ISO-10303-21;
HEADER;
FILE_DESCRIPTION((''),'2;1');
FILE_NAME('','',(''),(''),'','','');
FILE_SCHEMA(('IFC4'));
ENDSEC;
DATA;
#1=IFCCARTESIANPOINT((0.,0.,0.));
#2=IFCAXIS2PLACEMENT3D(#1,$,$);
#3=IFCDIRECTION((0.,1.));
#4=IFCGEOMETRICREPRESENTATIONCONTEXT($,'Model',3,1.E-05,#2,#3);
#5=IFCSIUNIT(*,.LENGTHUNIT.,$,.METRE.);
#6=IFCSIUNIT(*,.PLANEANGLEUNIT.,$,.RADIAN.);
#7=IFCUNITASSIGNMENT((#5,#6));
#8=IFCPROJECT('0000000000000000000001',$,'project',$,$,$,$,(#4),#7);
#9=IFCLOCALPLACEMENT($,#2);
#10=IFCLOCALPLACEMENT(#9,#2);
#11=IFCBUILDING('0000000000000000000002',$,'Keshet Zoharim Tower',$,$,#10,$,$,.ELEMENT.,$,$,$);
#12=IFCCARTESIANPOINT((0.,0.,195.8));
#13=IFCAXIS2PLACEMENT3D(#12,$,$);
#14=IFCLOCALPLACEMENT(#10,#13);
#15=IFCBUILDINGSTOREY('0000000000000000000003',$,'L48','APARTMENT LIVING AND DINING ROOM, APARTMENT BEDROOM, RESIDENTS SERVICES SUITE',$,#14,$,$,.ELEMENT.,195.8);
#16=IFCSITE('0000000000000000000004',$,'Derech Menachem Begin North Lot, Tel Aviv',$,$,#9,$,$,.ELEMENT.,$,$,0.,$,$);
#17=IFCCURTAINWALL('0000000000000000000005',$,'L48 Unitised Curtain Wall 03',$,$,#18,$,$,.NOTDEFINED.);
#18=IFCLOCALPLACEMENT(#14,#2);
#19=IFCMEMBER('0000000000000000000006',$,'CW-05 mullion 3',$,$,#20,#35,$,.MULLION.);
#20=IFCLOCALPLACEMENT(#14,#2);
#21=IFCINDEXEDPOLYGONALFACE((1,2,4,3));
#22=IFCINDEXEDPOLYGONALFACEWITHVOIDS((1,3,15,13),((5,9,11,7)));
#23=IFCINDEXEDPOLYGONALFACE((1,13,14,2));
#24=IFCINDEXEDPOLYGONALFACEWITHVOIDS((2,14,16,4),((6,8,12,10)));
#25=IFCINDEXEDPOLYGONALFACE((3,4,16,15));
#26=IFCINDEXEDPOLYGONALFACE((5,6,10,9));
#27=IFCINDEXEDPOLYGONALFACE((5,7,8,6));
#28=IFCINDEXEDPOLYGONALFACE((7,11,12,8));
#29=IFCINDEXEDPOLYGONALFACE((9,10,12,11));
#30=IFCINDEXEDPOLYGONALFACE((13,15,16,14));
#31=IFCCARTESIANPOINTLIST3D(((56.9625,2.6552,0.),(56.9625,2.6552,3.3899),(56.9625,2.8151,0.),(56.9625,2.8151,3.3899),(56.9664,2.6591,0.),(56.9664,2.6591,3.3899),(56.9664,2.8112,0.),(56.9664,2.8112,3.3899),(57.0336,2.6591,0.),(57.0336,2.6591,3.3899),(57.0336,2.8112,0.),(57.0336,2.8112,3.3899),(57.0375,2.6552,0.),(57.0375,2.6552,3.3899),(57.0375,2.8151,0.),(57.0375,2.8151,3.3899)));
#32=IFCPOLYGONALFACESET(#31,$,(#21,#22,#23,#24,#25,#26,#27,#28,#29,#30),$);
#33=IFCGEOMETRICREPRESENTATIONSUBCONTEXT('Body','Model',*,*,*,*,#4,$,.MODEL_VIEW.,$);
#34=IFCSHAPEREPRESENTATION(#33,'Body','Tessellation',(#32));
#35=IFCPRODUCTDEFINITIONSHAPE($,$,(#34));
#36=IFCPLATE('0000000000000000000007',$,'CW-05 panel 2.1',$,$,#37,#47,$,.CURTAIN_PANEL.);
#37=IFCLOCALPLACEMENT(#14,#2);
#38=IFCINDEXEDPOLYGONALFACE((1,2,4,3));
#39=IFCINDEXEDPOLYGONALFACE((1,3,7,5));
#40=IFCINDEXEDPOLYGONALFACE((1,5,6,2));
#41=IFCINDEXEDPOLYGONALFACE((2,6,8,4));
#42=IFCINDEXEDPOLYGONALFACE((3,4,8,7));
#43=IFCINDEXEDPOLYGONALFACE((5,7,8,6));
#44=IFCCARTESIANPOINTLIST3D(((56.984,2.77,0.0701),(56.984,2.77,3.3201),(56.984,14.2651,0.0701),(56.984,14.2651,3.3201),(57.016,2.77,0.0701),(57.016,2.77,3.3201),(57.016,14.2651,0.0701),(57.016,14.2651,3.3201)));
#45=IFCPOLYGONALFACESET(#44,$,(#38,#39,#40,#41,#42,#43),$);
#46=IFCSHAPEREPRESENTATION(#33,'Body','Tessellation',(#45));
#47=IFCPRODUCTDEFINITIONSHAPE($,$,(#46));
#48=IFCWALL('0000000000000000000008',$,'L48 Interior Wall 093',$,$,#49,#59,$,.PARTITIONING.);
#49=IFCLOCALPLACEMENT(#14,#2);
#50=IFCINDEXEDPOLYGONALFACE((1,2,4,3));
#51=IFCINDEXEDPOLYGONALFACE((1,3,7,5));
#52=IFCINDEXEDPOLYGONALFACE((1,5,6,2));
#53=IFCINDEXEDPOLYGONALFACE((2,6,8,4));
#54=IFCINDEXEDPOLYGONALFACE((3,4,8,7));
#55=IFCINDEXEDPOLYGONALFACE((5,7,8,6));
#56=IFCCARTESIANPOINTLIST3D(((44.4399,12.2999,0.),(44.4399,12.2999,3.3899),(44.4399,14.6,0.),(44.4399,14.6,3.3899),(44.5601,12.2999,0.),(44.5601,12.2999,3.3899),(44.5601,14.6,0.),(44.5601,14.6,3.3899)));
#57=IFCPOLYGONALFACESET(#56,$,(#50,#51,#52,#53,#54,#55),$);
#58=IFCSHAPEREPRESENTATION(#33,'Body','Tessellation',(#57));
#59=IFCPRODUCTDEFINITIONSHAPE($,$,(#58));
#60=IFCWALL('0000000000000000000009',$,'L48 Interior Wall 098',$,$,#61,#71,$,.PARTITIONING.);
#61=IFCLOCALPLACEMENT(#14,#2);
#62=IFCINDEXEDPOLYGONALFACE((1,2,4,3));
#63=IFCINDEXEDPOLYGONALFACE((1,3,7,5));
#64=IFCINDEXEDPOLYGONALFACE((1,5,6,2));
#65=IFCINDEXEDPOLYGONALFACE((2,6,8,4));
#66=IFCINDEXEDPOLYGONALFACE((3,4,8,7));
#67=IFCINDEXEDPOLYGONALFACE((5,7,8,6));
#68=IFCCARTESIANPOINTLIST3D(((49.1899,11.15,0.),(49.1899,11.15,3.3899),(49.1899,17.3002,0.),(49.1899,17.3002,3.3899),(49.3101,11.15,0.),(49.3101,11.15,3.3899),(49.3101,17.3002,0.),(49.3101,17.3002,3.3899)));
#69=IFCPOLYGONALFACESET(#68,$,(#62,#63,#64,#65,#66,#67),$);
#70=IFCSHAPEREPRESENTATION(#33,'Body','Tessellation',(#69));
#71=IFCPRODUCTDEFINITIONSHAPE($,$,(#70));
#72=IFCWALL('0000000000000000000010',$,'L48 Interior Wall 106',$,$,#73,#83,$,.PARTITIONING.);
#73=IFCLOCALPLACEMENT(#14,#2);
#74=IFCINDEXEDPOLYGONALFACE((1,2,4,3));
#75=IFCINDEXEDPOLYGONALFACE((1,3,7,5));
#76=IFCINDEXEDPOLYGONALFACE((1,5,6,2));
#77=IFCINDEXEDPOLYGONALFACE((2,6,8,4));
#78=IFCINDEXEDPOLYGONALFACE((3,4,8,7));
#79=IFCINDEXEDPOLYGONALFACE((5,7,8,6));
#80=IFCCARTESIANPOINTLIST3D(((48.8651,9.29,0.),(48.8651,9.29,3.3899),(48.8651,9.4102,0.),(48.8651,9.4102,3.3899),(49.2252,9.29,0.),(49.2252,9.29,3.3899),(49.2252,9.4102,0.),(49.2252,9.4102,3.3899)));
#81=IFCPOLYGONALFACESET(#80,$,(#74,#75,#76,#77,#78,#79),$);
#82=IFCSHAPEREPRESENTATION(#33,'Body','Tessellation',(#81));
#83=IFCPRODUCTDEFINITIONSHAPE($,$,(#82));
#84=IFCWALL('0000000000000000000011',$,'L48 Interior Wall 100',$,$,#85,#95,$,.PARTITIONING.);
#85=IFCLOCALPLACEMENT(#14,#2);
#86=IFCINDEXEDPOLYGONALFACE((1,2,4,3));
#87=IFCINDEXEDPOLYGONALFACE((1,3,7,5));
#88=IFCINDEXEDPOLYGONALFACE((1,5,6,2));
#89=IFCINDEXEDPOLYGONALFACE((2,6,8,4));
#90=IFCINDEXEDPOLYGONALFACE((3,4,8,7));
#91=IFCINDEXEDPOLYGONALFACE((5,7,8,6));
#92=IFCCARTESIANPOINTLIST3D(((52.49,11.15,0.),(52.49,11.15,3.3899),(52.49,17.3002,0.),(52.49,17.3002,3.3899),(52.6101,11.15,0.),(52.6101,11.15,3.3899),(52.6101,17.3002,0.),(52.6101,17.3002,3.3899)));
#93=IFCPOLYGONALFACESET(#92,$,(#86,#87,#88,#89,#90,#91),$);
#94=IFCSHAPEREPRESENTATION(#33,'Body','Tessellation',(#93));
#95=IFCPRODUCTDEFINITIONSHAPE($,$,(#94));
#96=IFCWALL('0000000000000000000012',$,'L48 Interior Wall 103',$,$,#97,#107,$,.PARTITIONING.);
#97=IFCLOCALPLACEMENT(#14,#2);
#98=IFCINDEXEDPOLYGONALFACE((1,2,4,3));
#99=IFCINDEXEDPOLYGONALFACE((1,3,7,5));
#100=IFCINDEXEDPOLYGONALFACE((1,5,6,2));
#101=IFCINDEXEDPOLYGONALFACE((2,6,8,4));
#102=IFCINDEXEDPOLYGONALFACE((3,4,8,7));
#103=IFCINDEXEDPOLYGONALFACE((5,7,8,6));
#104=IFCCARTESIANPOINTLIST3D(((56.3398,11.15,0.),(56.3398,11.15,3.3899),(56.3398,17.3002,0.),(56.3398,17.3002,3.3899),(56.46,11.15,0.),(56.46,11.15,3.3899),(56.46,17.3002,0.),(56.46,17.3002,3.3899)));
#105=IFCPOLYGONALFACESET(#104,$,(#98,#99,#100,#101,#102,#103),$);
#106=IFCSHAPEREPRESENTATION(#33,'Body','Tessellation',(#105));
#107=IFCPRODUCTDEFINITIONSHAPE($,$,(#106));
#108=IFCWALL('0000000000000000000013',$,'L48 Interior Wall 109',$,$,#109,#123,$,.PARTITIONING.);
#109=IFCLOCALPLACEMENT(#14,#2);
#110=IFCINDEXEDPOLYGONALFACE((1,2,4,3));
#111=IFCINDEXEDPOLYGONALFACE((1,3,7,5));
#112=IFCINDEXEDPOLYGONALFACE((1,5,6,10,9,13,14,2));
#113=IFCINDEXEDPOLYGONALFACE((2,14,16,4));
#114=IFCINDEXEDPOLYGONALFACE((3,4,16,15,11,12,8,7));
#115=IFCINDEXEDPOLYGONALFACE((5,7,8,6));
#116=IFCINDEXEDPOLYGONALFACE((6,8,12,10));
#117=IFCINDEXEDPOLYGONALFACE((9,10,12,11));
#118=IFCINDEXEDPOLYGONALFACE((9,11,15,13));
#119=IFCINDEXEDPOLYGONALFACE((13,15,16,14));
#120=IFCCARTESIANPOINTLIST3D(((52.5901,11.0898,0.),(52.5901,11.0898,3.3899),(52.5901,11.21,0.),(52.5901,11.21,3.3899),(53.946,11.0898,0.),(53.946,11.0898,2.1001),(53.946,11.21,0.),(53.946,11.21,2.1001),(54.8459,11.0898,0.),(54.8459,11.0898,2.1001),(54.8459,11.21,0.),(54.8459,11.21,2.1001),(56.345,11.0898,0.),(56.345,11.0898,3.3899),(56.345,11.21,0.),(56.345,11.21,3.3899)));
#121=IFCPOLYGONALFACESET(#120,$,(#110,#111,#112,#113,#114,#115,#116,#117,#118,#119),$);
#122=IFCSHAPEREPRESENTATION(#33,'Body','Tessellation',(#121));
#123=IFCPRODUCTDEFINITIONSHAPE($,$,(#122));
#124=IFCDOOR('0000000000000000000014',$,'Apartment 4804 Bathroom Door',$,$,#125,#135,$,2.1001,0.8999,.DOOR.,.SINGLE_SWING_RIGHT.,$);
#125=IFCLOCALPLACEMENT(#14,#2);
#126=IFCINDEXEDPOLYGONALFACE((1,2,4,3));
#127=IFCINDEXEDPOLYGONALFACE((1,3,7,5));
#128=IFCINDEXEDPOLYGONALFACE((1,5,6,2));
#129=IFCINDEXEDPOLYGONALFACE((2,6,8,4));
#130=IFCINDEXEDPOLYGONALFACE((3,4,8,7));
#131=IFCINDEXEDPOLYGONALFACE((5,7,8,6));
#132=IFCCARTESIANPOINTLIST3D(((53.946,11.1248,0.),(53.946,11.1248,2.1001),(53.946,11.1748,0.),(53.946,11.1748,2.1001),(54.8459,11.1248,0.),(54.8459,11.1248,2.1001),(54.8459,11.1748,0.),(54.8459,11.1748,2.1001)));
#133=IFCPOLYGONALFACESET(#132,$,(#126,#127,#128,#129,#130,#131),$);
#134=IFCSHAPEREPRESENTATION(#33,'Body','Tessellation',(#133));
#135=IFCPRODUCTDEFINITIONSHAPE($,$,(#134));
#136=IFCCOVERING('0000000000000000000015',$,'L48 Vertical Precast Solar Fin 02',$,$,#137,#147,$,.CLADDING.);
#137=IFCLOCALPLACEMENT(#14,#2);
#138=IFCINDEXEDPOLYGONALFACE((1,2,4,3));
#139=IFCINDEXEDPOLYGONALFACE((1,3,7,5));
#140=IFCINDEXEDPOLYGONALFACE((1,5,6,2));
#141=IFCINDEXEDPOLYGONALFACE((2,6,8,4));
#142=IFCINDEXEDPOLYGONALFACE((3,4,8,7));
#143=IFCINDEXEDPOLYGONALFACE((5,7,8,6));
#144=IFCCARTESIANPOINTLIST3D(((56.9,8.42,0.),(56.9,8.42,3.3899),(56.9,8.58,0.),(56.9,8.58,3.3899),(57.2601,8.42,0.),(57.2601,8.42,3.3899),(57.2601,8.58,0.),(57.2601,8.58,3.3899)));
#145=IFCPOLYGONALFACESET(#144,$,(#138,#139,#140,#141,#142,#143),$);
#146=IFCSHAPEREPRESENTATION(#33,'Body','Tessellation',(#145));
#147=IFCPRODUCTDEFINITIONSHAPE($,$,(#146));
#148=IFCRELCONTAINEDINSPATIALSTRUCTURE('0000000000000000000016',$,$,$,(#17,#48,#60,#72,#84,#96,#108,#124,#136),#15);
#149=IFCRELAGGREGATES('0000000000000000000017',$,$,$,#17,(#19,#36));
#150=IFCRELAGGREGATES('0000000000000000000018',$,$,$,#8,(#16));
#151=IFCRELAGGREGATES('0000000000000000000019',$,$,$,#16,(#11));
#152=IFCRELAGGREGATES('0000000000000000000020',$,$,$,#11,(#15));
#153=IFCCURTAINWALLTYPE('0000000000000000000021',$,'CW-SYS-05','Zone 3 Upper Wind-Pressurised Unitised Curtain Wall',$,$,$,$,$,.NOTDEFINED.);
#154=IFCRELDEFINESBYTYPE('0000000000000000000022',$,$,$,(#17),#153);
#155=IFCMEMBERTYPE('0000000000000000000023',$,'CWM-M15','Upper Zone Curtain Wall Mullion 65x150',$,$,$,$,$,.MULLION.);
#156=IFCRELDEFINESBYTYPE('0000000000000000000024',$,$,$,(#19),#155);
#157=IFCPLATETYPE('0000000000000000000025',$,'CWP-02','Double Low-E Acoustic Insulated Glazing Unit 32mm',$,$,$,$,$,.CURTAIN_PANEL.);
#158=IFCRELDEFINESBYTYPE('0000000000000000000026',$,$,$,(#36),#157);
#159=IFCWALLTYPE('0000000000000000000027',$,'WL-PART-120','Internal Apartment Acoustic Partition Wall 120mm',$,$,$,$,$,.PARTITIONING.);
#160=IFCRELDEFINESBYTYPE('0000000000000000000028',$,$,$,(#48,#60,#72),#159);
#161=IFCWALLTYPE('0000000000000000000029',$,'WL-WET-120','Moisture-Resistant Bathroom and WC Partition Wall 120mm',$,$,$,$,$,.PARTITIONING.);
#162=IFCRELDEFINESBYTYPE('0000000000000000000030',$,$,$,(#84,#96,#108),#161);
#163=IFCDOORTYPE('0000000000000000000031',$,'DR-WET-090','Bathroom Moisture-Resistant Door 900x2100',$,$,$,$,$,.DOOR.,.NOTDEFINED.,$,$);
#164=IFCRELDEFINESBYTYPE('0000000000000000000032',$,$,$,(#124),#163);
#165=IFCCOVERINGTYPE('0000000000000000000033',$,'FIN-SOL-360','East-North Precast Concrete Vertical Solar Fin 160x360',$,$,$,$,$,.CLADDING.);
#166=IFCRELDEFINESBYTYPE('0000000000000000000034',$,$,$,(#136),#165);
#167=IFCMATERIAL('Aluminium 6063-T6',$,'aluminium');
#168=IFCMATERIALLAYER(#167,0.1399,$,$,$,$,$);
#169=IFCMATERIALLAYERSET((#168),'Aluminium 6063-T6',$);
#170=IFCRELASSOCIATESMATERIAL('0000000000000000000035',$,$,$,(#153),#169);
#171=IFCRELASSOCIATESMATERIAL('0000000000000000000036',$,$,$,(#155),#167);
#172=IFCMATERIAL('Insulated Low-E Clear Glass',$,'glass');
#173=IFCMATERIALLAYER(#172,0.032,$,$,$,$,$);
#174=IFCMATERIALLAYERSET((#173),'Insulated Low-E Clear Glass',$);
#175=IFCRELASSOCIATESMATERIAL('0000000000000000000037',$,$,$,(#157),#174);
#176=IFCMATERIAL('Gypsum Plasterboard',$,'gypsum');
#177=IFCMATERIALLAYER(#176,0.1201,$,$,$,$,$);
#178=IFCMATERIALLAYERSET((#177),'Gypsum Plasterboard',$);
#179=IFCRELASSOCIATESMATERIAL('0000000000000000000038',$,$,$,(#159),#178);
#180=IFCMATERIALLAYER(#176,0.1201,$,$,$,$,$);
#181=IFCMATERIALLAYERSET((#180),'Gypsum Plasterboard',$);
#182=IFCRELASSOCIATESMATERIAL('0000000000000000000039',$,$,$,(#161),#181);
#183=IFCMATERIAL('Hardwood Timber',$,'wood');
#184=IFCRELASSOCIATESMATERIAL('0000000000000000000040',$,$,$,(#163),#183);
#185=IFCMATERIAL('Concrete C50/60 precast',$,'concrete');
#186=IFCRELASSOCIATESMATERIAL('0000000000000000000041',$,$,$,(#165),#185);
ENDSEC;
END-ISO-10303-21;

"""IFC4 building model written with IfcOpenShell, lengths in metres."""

from ifc_helpers import new_model, si_unit, direction, frame, frame_2d, origin, origin_2d, place, context, subcontext, project, spatial, rectangle, hollow_rectangle, extrude, material, layer, layer_set, material_profile, profile_set, type_object, element, fill, aggregate, save


model = new_model("IFC4")

# Units and contexts
model_context = context("Model", 3, precision=1e-05, world=origin(), true_north=direction((0.0, 1.0)))
body_context = subcontext(model_context, "Body", "Model", "MODEL_VIEW")
ifc_project = project(units=[si_unit("LENGTHUNIT", "METRE"), si_unit("PLANEANGLEUNIT", "RADIAN")], contexts=[model_context])

# Site, building, storey
site_placement = place(None, origin())
site = spatial("IfcSite", under=ifc_project, at=site_placement, Name="Derech Menachem Begin North Lot, Tel Aviv", CompositionType="ELEMENT", RefElevation=0.0)
building_placement = place(site_placement, origin())
building = spatial("IfcBuilding", under=site, at=building_placement, Name="Keshet Zoharim Tower", CompositionType="ELEMENT")
storey_placement = place(building_placement, frame((0.0, 0.0, 195.8)))
storey = spatial("IfcBuildingStorey", under=building, at=storey_placement, Name="L48", Description="APARTMENT LIVING AND DINING ROOM, APARTMENT BEDROOM, RESIDENTS SERVICES SUITE", CompositionType="ELEMENT", Elevation=195.8)

# Curtain wall, member, plate
ifc_material_1 = material(Name="Aluminium 6063-T6", Category="aluminium")
ifc_layer_1 = layer(ifc_material_1, 0.1399)
ifc_layer_set_1 = layer_set([ifc_layer_1], Name="Aluminium 6063-T6")
curtain_wall_type = type_object("IfcCurtainWallType", Name="CW-SYS-05", Description="Zone 3 Upper Wind-Pressurised Unitised Curtain Wall", PredefinedType="NOTDEFINED", material=ifc_layer_set_1)
curtain_wall_placement = place(storey_placement, origin())
curtain_wall = element("IfcCurtainWall", 1, at=curtain_wall_placement, inside=storey, type_object=curtain_wall_type, Name="L48 Unitised Curtain Wall 03", PredefinedType="NOTDEFINED")
ifc_material_profile_1 = material_profile(ifc_material_1, hollow_rectangle(XDim=0.075, YDim=0.1599, WallThickness=0.0039, at=origin_2d()), Name="MUL-75x160")
ifc_profile_set_1 = profile_set([ifc_material_profile_1], Name="Aluminium 6063-T6")
member_type = type_object("IfcMemberType", Name="CWM-M15", Description="Upper Zone Curtain Wall Mullion 65x150", PredefinedType="MULLION", material=ifc_profile_set_1)
member_placement = place(storey_placement, frame((57.0, 2.7351, 0.0), z_axis=(0.0, 0.0, 1.0), x_axis=(1.0, 0.0, 0.0)))
member = element("IfcMember", 2, at=member_placement, type_object=member_type, Name="CW-05 mullion 3", PredefinedType="MULLION", context=body_context, shape_type="SweptSolid", body=[
    extrude(hollow_rectangle(XDim=0.075, YDim=0.1599, WallThickness=0.0039, at=origin_2d()), origin(), (0.0, 0.0, 1.0), 3.3899),
])
ifc_material_2 = material(Name="Insulated Low-E Clear Glass", Category="glass")
ifc_layer_2 = layer(ifc_material_2, 0.032)
ifc_layer_set_2 = layer_set([ifc_layer_2], Name="Insulated Low-E Clear Glass")
plate_type = type_object("IfcPlateType", Name="CWP-02", Description="Double Low-E Acoustic Insulated Glazing Unit 32mm", PredefinedType="CURTAIN_PANEL", material=ifc_layer_set_2)
plate_placement = place(storey_placement, frame((57.0, 8.5176, 0.0701), z_axis=(0.0, 0.0, 1.0), x_axis=(0.0, -1.0, 0.0)))
plate = element("IfcPlate", 3, at=plate_placement, type_object=plate_type, Name="CW-05 panel 2.1", PredefinedType="CURTAIN_PANEL", context=body_context, shape_type="SweptSolid", body=[
    extrude(rectangle(XDim=11.4951, YDim=0.032, at=origin_2d()), origin(), (0.0, 0.0, 1.0), 3.25),
])
aggregate(curtain_wall, [member, plate])

# Walls
ifc_material_3 = material(Name="Gypsum Plasterboard", Category="gypsum")
ifc_layer_3 = layer(ifc_material_3, 0.1201)
ifc_layer_set_3 = layer_set([ifc_layer_3], Name="Gypsum Plasterboard")
wall_type_1 = type_object("IfcWallType", Name="WL-PART-120", Description="Internal Apartment Acoustic Partition Wall 120mm", PredefinedType="PARTITIONING", material=ifc_layer_set_3)
wall_1_placement = place(storey_placement, frame((44.5, 12.3, 0.0), z_axis=(0.0, 0.0, 1.0), x_axis=(0.0, 1.0, 0.0)))
element("IfcWall", 4, at=wall_1_placement, inside=storey, type_object=wall_type_1, Name="L48 Interior Wall 093", PredefinedType="PARTITIONING", context=body_context, shape_type="SweptSolid", body=[
    extrude(rectangle(XDim=2.3, YDim=0.1201, at=frame_2d((1.1499, 0.0))), origin(), (0.0, 0.0, 1.0), 3.3899),
])
wall_2_placement = place(storey_placement, frame((49.25, 11.1499, 0.0), z_axis=(0.0, 0.0, 1.0), x_axis=(0.0, 1.0, 0.0)))
element("IfcWall", 5, at=wall_2_placement, inside=storey, type_object=wall_type_1, Name="L48 Interior Wall 098", PredefinedType="PARTITIONING", context=body_context, shape_type="SweptSolid", body=[
    extrude(rectangle(XDim=6.1501, YDim=0.1201, at=frame_2d((3.0752, 0.0))), origin(), (0.0, 0.0, 1.0), 3.3899),
])
wall_3_placement = place(storey_placement, frame((48.865, 9.3501, 0.0), z_axis=(0.0, 0.0, 1.0), x_axis=(1.0, 0.0, 0.0)))
element("IfcWall", 6, at=wall_3_placement, inside=storey, type_object=wall_type_1, Name="L48 Interior Wall 106", PredefinedType="PARTITIONING", context=body_context, shape_type="SweptSolid", body=[
    extrude(rectangle(XDim=0.3601, YDim=0.1201, at=frame_2d((0.1802, 0.0))), origin(), (0.0, 0.0, 1.0), 3.3899),
])

# Shared definitions
ifc_material_4 = material(Name="Hardwood Timber", Category="wood")

# Walls
ifc_layer_4 = layer(ifc_material_3, 0.1201)
ifc_layer_set_4 = layer_set([ifc_layer_4], Name="Gypsum Plasterboard")
wall_type_2 = type_object("IfcWallType", Name="WL-WET-120", Description="Moisture-Resistant Bathroom and WC Partition Wall 120mm", PredefinedType="PARTITIONING", material=ifc_layer_set_4)
for number, where, z_axis, x_axis, name in (
    (7, (52.55, 11.1499, 0.0), (0.0, 0.0, 1.0), (0.0, 1.0, 0.0), "L48 Interior Wall 100"),
    (8, (56.3999, 11.1499, 0.0), (0.0, 0.0, 1.0), (0.0, 1.0, 0.0), "L48 Interior Wall 103"),
):
    element("IfcWall", number, at=place(storey_placement, frame(where, z_axis=z_axis, x_axis=x_axis)), inside=storey, type_object=wall_type_2, Name=name, PredefinedType="PARTITIONING", context=body_context, shape_type="SweptSolid", body=[
        extrude(rectangle(XDim=6.1501, YDim=0.1201, at=frame_2d((3.0752, 0.0))), origin(), (0.0, 0.0, 1.0), 3.3899),
    ])

# Wall, opening, door
wall_4_placement = place(storey_placement, frame((52.5901, 11.1499, 0.0), z_axis=(0.0, 0.0, 1.0), x_axis=(1.0, 0.0, 0.0)))
wall_4 = element("IfcWall", 9, at=wall_4_placement, inside=storey, type_object=wall_type_2, Name="L48 Interior Wall 109", PredefinedType="PARTITIONING", context=body_context, shape_type="SweptSolid", body=[
    extrude(rectangle(XDim=3.7549, YDim=0.1201, at=frame_2d((1.8774, 0.0))), origin(), (0.0, 0.0, 1.0), 3.3899),
])
opening_1_placement = place(wall_4_placement, frame((1.356, 0.0, 0.0)))
opening_1 = element("IfcOpeningElement", 10, at=opening_1_placement, cuts=wall_4, PredefinedType="OPENING", context=body_context, shape_type="SweptSolid", body=[
    extrude(rectangle(XDim=0.8999, YDim=2.1001, at=frame_2d((0.45, 1.05))), frame((0.0, 0.0701, 0.0), z_axis=(0.0, -1.0, 0.0), x_axis=(1.0, 0.0, 0.0)), (0.0, 0.0, 1.0), 0.1401),
])
door_type_1 = type_object("IfcDoorType", Name="DR-WET-090", Description="Bathroom Moisture-Resistant Door 900x2100", OperationType="NOTDEFINED", PredefinedType="DOOR", material=ifc_material_4)
door_1_placement = place(opening_1_placement, origin())
door_1 = element("IfcDoor", 11, at=door_1_placement, inside=storey, type_object=door_type_1, Name="Apartment 4804 Bathroom Door", OperationType="SINGLE_SWING_RIGHT", OverallHeight=2.1001, OverallWidth=0.8999, PredefinedType="DOOR", context=body_context, shape_type="SweptSolid", body=[
    extrude(rectangle(XDim=0.8999, YDim=2.1001, at=frame_2d((0.45, 1.05))), frame((0.0, 0.0249, 0.0), z_axis=(0.0, -1.0, 0.0), x_axis=(1.0, 0.0, 0.0)), (0.0, 0.0, 1.0), 0.05),
])
fill(opening_1, door_1)

# Covering
ifc_material_5 = material(Name="Concrete C50/60 precast", Category="concrete")
covering_type = type_object("IfcCoveringType", Name="FIN-SOL-360", Description="East-North Precast Concrete Vertical Solar Fin 160x360", PredefinedType="CLADDING", material=ifc_material_5)
covering_placement = place(storey_placement, frame((57.0801, 8.5, 0.0), z_axis=(0.0, 0.0, 1.0), x_axis=(0.0, -1.0, 0.0)))
element("IfcCovering", 12, at=covering_placement, inside=storey, type_object=covering_type, Name="L48 Vertical Precast Solar Fin 02", PredefinedType="CLADDING", context=body_context, shape_type="SweptSolid", body=[
    extrude(rectangle(XDim=0.1599, YDim=0.3601, at=origin_2d()), origin(), (0.0, 0.0, 1.0), 3.3899),
])

save(model, "model.ifc")
